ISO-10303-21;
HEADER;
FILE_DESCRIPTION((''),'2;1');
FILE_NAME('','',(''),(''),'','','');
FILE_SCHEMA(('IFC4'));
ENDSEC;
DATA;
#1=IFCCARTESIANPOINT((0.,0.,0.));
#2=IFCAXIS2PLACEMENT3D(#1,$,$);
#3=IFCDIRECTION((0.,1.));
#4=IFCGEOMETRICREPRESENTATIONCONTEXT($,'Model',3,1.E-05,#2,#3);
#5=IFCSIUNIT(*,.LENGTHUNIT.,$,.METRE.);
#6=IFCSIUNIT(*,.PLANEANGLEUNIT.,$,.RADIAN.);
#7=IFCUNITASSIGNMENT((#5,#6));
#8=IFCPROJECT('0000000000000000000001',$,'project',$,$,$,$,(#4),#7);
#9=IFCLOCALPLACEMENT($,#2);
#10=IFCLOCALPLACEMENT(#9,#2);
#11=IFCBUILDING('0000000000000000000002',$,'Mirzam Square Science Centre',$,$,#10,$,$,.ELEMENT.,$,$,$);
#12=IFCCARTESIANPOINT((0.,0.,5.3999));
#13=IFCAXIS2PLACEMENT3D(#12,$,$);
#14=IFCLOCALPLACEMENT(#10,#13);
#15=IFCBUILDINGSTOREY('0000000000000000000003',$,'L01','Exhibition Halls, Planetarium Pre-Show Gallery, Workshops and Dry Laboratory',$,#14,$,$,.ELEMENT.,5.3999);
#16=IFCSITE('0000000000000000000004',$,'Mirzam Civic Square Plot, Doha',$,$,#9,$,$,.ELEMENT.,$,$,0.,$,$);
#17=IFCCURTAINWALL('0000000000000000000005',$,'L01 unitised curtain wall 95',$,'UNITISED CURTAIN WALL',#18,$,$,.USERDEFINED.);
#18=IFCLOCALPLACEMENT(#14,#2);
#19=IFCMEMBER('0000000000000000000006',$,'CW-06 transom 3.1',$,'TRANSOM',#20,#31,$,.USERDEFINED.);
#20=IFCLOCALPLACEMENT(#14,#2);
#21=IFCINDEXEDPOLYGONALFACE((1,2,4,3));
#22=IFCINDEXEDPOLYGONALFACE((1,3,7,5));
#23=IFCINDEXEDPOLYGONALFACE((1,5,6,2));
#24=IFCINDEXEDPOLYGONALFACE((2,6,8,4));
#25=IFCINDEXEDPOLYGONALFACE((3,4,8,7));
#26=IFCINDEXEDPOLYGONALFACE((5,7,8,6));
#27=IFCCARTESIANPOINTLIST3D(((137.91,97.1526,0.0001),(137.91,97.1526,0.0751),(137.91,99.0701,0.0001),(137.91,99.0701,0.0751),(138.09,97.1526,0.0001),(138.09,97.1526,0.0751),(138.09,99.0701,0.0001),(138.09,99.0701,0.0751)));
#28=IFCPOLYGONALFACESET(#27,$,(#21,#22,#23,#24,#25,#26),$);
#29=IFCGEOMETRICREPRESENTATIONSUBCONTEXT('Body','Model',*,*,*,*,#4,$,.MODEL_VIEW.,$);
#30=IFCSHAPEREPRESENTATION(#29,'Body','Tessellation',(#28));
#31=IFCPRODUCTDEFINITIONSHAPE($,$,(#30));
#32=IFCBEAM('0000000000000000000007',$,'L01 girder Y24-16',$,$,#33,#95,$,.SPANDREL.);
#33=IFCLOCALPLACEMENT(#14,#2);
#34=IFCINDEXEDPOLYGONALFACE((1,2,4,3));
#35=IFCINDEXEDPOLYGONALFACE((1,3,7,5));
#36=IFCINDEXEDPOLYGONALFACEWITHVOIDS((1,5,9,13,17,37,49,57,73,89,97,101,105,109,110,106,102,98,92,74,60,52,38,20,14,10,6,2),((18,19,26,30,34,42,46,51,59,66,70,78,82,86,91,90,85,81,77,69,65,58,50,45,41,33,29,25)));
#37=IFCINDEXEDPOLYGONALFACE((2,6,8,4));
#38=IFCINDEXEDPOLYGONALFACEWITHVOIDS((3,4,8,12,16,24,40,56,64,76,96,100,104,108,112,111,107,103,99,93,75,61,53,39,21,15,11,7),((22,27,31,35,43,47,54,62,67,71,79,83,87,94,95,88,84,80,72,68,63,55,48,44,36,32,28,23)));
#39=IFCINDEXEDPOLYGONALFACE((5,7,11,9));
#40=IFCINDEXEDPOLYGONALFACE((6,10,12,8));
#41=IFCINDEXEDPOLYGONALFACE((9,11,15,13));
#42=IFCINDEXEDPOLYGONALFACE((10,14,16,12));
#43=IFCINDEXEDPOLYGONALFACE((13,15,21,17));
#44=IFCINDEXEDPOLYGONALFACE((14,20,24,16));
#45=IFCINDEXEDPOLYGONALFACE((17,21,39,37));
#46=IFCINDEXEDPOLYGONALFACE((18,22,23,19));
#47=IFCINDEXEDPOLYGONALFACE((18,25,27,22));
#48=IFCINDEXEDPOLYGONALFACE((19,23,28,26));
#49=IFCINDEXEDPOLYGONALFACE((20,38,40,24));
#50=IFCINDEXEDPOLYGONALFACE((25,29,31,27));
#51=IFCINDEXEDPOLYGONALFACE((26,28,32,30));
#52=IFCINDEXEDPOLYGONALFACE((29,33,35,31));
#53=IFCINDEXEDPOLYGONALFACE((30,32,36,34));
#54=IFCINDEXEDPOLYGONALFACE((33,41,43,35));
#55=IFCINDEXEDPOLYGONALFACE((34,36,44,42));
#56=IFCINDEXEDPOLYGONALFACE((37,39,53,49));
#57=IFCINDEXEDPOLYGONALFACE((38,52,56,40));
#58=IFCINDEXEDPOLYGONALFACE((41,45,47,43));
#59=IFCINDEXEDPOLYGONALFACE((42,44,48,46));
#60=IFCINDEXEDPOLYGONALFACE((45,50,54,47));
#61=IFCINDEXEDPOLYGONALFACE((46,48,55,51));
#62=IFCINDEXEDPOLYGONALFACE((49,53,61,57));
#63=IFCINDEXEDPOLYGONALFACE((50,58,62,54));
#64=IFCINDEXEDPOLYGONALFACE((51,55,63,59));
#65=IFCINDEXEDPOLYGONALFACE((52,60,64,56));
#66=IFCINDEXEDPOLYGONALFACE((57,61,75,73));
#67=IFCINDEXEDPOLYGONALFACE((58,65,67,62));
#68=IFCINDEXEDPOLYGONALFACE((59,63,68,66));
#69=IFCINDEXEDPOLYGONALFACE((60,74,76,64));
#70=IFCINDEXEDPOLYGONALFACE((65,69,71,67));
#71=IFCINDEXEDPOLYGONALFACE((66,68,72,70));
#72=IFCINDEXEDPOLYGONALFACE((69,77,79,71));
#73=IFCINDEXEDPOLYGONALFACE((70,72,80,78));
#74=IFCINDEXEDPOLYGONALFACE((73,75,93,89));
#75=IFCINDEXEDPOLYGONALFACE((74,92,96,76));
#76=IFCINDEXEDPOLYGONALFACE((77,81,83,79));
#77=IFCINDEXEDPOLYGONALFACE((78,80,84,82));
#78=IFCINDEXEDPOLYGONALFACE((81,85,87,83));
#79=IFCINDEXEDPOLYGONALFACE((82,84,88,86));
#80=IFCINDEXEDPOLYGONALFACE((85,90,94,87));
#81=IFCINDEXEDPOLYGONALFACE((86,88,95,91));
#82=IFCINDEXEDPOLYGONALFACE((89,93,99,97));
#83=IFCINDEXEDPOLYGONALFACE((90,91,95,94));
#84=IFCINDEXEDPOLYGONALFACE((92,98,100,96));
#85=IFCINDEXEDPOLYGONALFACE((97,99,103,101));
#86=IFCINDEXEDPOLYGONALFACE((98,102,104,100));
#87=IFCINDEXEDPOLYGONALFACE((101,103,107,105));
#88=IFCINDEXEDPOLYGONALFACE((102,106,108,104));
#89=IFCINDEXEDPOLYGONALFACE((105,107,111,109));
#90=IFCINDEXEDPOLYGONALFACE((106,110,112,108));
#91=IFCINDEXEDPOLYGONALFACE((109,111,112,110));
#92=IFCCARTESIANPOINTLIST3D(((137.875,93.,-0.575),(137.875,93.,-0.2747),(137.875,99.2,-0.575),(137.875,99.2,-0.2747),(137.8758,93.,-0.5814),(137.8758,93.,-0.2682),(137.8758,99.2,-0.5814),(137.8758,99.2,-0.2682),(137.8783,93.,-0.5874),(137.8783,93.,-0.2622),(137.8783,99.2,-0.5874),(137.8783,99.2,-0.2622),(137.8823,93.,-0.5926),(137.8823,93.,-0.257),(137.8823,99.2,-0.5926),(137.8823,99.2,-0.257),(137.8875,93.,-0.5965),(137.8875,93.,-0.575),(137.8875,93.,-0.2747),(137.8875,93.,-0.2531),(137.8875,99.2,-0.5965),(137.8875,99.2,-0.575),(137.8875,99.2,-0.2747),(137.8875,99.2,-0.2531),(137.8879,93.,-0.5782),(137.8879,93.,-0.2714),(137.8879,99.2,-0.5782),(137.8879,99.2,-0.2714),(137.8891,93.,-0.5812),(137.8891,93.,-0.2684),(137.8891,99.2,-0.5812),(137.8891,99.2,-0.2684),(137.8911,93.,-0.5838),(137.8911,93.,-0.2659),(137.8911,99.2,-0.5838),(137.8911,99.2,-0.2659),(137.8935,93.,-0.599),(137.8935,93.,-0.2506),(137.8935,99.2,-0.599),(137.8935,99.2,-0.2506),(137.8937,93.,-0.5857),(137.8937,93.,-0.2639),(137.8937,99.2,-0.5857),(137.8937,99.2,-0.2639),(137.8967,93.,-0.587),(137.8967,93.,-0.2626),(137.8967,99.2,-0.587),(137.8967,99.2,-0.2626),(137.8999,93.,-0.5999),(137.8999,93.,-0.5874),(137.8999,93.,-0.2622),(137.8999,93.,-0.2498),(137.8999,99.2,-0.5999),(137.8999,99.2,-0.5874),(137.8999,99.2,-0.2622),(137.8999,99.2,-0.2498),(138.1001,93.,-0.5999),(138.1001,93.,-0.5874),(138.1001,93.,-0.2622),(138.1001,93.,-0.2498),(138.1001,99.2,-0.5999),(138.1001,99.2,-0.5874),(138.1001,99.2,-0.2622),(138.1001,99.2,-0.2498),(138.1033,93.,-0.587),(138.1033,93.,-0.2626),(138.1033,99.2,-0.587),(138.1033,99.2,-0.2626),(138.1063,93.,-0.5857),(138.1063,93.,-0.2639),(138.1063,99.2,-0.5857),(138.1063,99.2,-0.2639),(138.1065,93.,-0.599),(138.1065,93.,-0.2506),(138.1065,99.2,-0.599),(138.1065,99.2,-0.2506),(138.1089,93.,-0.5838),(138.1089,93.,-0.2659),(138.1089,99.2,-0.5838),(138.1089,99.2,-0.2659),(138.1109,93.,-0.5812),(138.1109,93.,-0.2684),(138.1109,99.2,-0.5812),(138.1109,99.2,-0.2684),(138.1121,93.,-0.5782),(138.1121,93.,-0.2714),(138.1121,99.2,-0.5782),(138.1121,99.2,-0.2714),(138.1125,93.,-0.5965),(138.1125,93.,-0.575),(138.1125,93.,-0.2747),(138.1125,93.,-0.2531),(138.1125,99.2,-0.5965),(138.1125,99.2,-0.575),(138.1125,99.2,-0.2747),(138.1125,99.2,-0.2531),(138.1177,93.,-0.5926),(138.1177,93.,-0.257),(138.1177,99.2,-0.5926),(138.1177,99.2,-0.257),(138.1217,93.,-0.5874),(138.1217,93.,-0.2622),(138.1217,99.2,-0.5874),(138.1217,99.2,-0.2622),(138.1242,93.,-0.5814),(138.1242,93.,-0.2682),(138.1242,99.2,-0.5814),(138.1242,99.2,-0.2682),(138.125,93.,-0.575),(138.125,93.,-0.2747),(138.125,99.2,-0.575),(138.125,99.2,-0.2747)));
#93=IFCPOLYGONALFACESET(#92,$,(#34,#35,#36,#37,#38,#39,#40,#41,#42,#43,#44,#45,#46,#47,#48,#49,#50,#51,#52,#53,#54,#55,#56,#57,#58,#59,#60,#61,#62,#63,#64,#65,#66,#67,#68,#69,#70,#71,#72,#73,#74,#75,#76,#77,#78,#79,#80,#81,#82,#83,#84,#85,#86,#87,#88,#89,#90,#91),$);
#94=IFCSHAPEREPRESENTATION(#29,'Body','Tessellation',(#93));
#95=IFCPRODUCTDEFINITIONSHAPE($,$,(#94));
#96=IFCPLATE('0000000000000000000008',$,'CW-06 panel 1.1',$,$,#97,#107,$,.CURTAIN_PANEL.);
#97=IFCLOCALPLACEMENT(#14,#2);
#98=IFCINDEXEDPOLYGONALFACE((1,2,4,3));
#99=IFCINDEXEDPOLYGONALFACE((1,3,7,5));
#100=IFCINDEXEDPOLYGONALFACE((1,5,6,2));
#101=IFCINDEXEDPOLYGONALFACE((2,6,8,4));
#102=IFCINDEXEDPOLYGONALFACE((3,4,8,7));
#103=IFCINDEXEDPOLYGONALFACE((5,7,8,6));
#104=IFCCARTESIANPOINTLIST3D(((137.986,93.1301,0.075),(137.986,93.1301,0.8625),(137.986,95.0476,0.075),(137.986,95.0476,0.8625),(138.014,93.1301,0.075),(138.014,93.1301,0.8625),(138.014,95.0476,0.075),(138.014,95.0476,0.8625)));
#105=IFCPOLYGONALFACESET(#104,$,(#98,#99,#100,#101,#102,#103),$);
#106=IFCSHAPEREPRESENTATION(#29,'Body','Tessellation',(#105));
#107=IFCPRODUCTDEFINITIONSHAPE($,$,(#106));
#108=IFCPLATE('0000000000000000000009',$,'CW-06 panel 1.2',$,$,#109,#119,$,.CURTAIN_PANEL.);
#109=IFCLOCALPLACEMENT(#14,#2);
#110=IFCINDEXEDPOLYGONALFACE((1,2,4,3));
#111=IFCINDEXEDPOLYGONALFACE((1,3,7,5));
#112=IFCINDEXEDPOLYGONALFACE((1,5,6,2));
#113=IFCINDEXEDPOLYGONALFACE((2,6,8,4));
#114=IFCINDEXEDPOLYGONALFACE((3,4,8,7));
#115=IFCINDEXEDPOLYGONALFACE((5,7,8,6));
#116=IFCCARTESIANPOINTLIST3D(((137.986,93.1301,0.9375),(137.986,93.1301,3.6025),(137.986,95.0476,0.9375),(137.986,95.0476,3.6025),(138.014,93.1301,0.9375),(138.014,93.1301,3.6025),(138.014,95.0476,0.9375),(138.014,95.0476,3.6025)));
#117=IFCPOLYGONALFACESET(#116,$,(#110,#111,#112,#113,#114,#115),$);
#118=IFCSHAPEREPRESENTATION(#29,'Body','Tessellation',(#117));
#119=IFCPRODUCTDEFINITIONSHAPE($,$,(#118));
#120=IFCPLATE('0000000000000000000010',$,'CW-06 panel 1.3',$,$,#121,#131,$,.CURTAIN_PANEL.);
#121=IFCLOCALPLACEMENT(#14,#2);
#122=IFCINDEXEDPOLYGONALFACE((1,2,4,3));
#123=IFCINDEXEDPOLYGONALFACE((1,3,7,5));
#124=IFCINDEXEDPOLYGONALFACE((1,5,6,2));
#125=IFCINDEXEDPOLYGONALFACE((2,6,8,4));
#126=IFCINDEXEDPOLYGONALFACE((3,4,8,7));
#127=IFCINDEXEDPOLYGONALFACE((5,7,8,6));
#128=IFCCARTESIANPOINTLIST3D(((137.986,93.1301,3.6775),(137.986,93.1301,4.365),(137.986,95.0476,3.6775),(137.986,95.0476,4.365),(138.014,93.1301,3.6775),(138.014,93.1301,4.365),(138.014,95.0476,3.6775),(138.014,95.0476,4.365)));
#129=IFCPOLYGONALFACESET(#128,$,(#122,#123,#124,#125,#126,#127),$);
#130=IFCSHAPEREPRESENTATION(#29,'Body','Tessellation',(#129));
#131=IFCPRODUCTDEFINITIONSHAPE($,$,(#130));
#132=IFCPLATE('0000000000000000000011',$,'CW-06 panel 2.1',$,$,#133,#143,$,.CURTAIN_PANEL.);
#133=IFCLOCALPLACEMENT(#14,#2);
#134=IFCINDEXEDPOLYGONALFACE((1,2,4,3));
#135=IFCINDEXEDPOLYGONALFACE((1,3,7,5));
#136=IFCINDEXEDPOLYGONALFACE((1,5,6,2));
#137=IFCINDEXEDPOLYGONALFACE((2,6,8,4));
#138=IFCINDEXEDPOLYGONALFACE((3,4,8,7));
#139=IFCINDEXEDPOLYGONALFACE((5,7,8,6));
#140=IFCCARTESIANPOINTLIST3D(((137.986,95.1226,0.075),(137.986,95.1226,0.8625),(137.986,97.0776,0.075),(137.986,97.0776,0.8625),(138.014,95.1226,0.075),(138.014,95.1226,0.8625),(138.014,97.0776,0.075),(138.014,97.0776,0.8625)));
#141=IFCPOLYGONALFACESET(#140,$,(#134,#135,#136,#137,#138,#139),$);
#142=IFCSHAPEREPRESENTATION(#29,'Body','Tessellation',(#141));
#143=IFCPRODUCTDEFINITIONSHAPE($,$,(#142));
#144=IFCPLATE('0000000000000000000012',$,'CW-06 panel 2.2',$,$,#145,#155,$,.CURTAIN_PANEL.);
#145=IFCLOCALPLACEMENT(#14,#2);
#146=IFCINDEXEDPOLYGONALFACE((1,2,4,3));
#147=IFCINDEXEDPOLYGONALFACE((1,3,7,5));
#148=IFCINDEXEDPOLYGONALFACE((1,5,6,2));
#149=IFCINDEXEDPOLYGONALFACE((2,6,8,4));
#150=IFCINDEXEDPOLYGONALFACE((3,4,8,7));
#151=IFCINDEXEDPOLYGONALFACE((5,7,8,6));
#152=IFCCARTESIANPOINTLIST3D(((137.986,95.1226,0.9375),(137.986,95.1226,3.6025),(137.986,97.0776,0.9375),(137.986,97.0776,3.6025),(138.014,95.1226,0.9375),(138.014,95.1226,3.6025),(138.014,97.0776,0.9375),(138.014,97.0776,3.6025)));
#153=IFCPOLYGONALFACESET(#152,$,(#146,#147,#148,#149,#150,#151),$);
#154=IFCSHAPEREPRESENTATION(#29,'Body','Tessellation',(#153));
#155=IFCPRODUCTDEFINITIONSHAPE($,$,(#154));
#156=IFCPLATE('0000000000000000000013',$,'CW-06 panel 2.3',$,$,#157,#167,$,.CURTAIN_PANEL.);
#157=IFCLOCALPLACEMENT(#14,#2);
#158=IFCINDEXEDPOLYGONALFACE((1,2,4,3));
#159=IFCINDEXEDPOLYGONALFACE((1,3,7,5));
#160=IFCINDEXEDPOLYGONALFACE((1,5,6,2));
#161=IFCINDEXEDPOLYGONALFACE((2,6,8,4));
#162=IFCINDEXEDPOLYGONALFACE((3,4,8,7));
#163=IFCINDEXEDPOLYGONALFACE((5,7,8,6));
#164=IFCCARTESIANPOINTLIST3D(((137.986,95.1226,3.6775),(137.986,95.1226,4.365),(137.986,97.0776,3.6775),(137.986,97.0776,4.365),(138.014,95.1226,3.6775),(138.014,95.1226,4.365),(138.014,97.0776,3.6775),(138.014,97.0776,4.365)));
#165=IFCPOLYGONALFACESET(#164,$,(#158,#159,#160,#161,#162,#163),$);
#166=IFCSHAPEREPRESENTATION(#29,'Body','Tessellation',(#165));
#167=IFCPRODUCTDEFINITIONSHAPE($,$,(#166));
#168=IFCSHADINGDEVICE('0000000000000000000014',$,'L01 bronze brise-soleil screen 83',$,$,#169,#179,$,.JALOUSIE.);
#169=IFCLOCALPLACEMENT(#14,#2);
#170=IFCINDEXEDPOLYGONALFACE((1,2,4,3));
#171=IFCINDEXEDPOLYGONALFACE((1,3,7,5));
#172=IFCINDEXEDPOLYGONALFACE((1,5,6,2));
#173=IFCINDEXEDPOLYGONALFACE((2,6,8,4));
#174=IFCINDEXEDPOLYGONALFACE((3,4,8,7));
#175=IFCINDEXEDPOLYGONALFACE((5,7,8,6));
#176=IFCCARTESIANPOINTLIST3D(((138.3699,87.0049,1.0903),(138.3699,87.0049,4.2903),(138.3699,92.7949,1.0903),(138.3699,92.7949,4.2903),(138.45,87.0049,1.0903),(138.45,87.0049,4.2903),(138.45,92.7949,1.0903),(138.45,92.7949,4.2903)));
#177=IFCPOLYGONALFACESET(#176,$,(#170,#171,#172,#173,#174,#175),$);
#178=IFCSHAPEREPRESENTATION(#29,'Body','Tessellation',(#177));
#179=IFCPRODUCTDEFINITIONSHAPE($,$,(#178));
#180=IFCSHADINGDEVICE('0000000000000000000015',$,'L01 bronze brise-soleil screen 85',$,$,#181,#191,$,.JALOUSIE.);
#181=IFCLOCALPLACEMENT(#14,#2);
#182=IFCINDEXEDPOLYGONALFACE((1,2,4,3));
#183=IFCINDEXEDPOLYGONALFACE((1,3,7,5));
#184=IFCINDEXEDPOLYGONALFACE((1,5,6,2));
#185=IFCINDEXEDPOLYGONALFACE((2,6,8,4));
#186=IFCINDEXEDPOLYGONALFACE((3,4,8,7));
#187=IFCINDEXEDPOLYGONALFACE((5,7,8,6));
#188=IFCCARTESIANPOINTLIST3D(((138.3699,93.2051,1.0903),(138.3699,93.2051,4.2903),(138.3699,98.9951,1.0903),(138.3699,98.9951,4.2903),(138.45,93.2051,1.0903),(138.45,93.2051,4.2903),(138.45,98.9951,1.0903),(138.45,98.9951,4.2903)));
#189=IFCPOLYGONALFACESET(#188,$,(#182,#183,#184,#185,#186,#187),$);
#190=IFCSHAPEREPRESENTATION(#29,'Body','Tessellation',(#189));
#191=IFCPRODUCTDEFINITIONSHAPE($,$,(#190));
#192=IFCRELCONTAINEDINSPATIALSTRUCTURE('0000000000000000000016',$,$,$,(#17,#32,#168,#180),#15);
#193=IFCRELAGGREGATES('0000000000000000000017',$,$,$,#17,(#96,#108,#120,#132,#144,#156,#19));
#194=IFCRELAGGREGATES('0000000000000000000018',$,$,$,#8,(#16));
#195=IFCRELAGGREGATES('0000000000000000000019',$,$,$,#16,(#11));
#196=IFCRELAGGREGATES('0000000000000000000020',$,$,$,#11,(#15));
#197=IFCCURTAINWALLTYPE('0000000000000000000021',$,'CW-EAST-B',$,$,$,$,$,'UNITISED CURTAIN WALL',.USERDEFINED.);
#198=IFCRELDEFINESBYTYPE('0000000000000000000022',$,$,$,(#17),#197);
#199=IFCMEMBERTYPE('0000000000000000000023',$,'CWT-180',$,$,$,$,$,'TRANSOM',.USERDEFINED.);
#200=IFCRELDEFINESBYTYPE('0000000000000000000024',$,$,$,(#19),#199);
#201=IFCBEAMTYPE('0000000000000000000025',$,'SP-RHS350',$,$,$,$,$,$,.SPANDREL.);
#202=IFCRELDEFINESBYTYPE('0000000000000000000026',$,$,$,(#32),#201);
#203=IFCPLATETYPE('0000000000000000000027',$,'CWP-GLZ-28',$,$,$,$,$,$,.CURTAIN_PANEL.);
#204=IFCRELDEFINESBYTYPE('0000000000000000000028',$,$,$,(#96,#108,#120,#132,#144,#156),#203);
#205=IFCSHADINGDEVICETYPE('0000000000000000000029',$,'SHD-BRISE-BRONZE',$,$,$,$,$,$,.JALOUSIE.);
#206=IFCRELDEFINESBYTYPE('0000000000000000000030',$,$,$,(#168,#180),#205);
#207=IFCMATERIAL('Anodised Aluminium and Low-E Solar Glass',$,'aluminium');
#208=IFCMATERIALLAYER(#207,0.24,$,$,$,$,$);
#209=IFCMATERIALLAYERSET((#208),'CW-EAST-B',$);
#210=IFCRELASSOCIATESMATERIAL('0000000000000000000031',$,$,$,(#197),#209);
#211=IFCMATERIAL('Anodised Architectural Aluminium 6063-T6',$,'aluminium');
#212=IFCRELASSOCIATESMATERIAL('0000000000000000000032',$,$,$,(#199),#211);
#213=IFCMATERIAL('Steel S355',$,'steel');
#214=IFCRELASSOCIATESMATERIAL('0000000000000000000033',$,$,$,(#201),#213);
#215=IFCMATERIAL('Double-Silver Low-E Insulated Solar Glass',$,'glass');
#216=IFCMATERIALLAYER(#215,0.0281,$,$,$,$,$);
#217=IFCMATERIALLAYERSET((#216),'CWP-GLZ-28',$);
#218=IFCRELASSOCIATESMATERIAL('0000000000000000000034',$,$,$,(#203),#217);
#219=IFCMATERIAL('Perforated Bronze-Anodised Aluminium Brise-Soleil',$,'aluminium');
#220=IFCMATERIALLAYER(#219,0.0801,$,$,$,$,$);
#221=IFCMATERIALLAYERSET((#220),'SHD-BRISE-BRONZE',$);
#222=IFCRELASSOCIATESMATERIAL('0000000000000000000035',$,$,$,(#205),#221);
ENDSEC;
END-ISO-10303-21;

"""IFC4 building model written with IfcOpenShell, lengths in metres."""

from ifc_helpers import new_model, si_unit, direction, frame, origin, origin_2d, place, context, subcontext, project, spatial, rectangle, hollow_rectangle, extrude, material, layer, layer_set, material_profile, profile_set, type_object, element, aggregate, save


model = new_model("IFC4")

# Units and contexts
model_context = context("Model", 3, precision=1e-05, world=origin(), true_north=direction((0.0, 1.0)))
body_context = subcontext(model_context, "Body", "Model", "MODEL_VIEW")
ifc_project = project(units=[si_unit("LENGTHUNIT", "METRE"), si_unit("PLANEANGLEUNIT", "RADIAN")], contexts=[model_context])

# Site, building, storey
site_placement = place(None, origin())
site = spatial("IfcSite", under=ifc_project, at=site_placement, Name="Mirzam Civic Square Plot, Doha", CompositionType="ELEMENT", RefElevation=0.0)
building_placement = place(site_placement, origin())
building = spatial("IfcBuilding", under=site, at=building_placement, Name="Mirzam Square Science Centre", CompositionType="ELEMENT")
storey_placement = place(building_placement, frame((0.0, 0.0, 5.3999)))
storey = spatial("IfcBuildingStorey", under=building, at=storey_placement, Name="L01", Description="Exhibition Halls, Planetarium Pre-Show Gallery, Workshops and Dry Laboratory", CompositionType="ELEMENT", Elevation=5.3999)

# Shared definitions
ifc_material_1 = material(Name="Steel S355", Category="steel")

# Curtain wall, member
ifc_material_2 = material(Name="Anodised Aluminium and Low-E Solar Glass", Category="aluminium")
ifc_layer_1 = layer(ifc_material_2, 0.24)
ifc_layer_set_1 = layer_set([ifc_layer_1], Name="CW-EAST-B")
curtain_wall_type = type_object("IfcCurtainWallType", Name="CW-EAST-B", ElementType="UNITISED CURTAIN WALL", PredefinedType="USERDEFINED", material=ifc_layer_set_1)
curtain_wall_placement = place(storey_placement, origin())
curtain_wall = element("IfcCurtainWall", 1, at=curtain_wall_placement, inside=storey, type_object=curtain_wall_type, Name="L01 unitised curtain wall 95", ObjectType="UNITISED CURTAIN WALL", PredefinedType="USERDEFINED")
ifc_material_3 = material(Name="Anodised Architectural Aluminium 6063-T6", Category="aluminium")
ifc_material_profile_1 = material_profile(ifc_material_3, rectangle(XDim=0.1799, YDim=0.075, at=origin_2d()), Name="ALU-TRAN-180x75x5")
ifc_profile_set_1 = profile_set([ifc_material_profile_1], Name="Anodised Architectural Aluminium 6063-T6")
member_type_1 = type_object("IfcMemberType", Name="CWT-180", ElementType="TRANSOM", PredefinedType="USERDEFINED", material=ifc_profile_set_1)
member_1_placement = place(storey_placement, frame((138.0, 97.1526, 0.0376), z_axis=(0.0, 1.0, 0.0), x_axis=(-1.0, 0.0, 0.0)))
member_1 = element("IfcMember", 2, at=member_1_placement, type_object=member_type_1, Name="CW-06 transom 3.1", ObjectType="TRANSOM", PredefinedType="USERDEFINED", context=body_context, shape_type="SweptSolid", body=[
    extrude(rectangle(XDim=0.1799, YDim=0.075, at=origin_2d()), origin(), (0.0, 0.0, 1.0), 1.9175),
])

# Beam
ifc_material_profile_2 = material_profile(ifc_material_1, hollow_rectangle(XDim=0.25, YDim=0.3501, WallThickness=0.0125, InnerFilletRadius=0.0125, OuterFilletRadius=0.0249, at=origin_2d()), Name="350x250x12.5RHS")
ifc_profile_set_2 = profile_set([ifc_material_profile_2], Name="Steel S355")
beam_type = type_object("IfcBeamType", Name="SP-RHS350", PredefinedType="SPANDREL", material=ifc_profile_set_2)
beam_placement = place(storey_placement, frame((138.0, 93.0, -0.4248), z_axis=(0.0, 1.0, 0.0), x_axis=(-1.0, 0.0, 0.0)))
element("IfcBeam", 3, at=beam_placement, inside=storey, type_object=beam_type, Name="L01 girder Y24-16", PredefinedType="SPANDREL", context=body_context, shape_type="SweptSolid", body=[
    extrude(hollow_rectangle(XDim=0.25, YDim=0.3501, WallThickness=0.0125, InnerFilletRadius=0.0125, OuterFilletRadius=0.0249, at=origin_2d()), origin(), (0.0, 0.0, 1.0), 6.2),
])

# Plates
ifc_material_4 = material(Name="Double-Silver Low-E Insulated Solar Glass", Category="glass")
ifc_layer_2 = layer(ifc_material_4, 0.0281)
ifc_layer_set_2 = layer_set([ifc_layer_2], Name="CWP-GLZ-28")
plate_type = type_object("IfcPlateType", Name="CWP-GLZ-28", PredefinedType="CURTAIN_PANEL", material=ifc_layer_set_2)
plate_1_placement = place(storey_placement, frame((138.0, 94.0889, 0.075), z_axis=(0.0, 0.0, 1.0), x_axis=(0.0, 1.0, 0.0)))
plate_1 = element("IfcPlate", 4, at=plate_1_placement, type_object=plate_type, Name="CW-06 panel 1.1", PredefinedType="CURTAIN_PANEL", context=body_context, shape_type="SweptSolid", body=[
    extrude(rectangle(XDim=1.9175, YDim=0.0281, at=origin_2d()), origin(), (0.0, 0.0, 1.0), 0.7876),
])
plate_2_placement = place(storey_placement, frame((138.0, 94.0889, 0.9375), z_axis=(0.0, 0.0, 1.0), x_axis=(0.0, 1.0, 0.0)))
plate_2 = element("IfcPlate", 5, at=plate_2_placement, type_object=plate_type, Name="CW-06 panel 1.2", PredefinedType="CURTAIN_PANEL", context=body_context, shape_type="SweptSolid", body=[
    extrude(rectangle(XDim=1.9175, YDim=0.0281, at=origin_2d()), origin(), (0.0, 0.0, 1.0), 2.665),
])
plate_3_placement = place(storey_placement, frame((138.0, 94.0889, 3.6775), z_axis=(0.0, 0.0, 1.0), x_axis=(0.0, 1.0, 0.0)))
plate_3 = element("IfcPlate", 6, at=plate_3_placement, type_object=plate_type, Name="CW-06 panel 1.3", PredefinedType="CURTAIN_PANEL", context=body_context, shape_type="SweptSolid", body=[
    extrude(rectangle(XDim=1.9175, YDim=0.0281, at=origin_2d()), origin(), (0.0, 0.0, 1.0), 0.6875),
])
plate_4_placement = place(storey_placement, frame((138.0, 96.1001, 0.075), z_axis=(0.0, 0.0, 1.0), x_axis=(0.0, 1.0, 0.0)))
plate_4 = element("IfcPlate", 7, at=plate_4_placement, type_object=plate_type, Name="CW-06 panel 2.1", PredefinedType="CURTAIN_PANEL", context=body_context, shape_type="SweptSolid", body=[
    extrude(rectangle(XDim=1.9551, YDim=0.0281, at=origin_2d()), origin(), (0.0, 0.0, 1.0), 0.7876),
])
plate_5_placement = place(storey_placement, frame((138.0, 96.1001, 0.9375), z_axis=(0.0, 0.0, 1.0), x_axis=(0.0, 1.0, 0.0)))
plate_5 = element("IfcPlate", 8, at=plate_5_placement, type_object=plate_type, Name="CW-06 panel 2.2", PredefinedType="CURTAIN_PANEL", context=body_context, shape_type="SweptSolid", body=[
    extrude(rectangle(XDim=1.9551, YDim=0.0281, at=origin_2d()), origin(), (0.0, 0.0, 1.0), 2.665),
])
plate_6_placement = place(storey_placement, frame((138.0, 96.1001, 3.6775), z_axis=(0.0, 0.0, 1.0), x_axis=(0.0, 1.0, 0.0)))
plate_6 = element("IfcPlate", 9, at=plate_6_placement, type_object=plate_type, Name="CW-06 panel 2.3", PredefinedType="CURTAIN_PANEL", context=body_context, shape_type="SweptSolid", body=[
    extrude(rectangle(XDim=1.9551, YDim=0.0281, at=origin_2d()), origin(), (0.0, 0.0, 1.0), 0.6875),
])
aggregate(curtain_wall, [plate_1, plate_2, plate_3, plate_4, plate_5, plate_6, member_1])

# Shading devices
ifc_material_5 = material(Name="Perforated Bronze-Anodised Aluminium Brise-Soleil", Category="aluminium")
ifc_layer_3 = layer(ifc_material_5, 0.0801)
ifc_layer_set_3 = layer_set([ifc_layer_3], Name="SHD-BRISE-BRONZE")
shading_device_type = type_object("IfcShadingDeviceType", Name="SHD-BRISE-BRONZE", PredefinedType="JALOUSIE", material=ifc_layer_set_3)
for number, where, z_axis, x_axis, name in (
    (10, (138.4099, 89.8999, 1.0903), (0.0, 0.0, 1.0), (0.0, 1.0, 0.0), "L01 bronze brise-soleil screen 83"),
    (11, (138.4099, 96.1001, 1.0903), (0.0, 0.0, 1.0), (0.0, 1.0, 0.0), "L01 bronze brise-soleil screen 85"),
):
    element("IfcShadingDevice", number, at=place(storey_placement, frame(where, z_axis=z_axis, x_axis=x_axis)), inside=storey, type_object=shading_device_type, Name=name, PredefinedType="JALOUSIE", context=body_context, shape_type="SweptSolid", body=[
        extrude(rectangle(XDim=5.79, YDim=0.0801, at=origin_2d()), origin(), (0.0, 0.0, 1.0), 3.2),
    ])

save(model, "model.ifc")
